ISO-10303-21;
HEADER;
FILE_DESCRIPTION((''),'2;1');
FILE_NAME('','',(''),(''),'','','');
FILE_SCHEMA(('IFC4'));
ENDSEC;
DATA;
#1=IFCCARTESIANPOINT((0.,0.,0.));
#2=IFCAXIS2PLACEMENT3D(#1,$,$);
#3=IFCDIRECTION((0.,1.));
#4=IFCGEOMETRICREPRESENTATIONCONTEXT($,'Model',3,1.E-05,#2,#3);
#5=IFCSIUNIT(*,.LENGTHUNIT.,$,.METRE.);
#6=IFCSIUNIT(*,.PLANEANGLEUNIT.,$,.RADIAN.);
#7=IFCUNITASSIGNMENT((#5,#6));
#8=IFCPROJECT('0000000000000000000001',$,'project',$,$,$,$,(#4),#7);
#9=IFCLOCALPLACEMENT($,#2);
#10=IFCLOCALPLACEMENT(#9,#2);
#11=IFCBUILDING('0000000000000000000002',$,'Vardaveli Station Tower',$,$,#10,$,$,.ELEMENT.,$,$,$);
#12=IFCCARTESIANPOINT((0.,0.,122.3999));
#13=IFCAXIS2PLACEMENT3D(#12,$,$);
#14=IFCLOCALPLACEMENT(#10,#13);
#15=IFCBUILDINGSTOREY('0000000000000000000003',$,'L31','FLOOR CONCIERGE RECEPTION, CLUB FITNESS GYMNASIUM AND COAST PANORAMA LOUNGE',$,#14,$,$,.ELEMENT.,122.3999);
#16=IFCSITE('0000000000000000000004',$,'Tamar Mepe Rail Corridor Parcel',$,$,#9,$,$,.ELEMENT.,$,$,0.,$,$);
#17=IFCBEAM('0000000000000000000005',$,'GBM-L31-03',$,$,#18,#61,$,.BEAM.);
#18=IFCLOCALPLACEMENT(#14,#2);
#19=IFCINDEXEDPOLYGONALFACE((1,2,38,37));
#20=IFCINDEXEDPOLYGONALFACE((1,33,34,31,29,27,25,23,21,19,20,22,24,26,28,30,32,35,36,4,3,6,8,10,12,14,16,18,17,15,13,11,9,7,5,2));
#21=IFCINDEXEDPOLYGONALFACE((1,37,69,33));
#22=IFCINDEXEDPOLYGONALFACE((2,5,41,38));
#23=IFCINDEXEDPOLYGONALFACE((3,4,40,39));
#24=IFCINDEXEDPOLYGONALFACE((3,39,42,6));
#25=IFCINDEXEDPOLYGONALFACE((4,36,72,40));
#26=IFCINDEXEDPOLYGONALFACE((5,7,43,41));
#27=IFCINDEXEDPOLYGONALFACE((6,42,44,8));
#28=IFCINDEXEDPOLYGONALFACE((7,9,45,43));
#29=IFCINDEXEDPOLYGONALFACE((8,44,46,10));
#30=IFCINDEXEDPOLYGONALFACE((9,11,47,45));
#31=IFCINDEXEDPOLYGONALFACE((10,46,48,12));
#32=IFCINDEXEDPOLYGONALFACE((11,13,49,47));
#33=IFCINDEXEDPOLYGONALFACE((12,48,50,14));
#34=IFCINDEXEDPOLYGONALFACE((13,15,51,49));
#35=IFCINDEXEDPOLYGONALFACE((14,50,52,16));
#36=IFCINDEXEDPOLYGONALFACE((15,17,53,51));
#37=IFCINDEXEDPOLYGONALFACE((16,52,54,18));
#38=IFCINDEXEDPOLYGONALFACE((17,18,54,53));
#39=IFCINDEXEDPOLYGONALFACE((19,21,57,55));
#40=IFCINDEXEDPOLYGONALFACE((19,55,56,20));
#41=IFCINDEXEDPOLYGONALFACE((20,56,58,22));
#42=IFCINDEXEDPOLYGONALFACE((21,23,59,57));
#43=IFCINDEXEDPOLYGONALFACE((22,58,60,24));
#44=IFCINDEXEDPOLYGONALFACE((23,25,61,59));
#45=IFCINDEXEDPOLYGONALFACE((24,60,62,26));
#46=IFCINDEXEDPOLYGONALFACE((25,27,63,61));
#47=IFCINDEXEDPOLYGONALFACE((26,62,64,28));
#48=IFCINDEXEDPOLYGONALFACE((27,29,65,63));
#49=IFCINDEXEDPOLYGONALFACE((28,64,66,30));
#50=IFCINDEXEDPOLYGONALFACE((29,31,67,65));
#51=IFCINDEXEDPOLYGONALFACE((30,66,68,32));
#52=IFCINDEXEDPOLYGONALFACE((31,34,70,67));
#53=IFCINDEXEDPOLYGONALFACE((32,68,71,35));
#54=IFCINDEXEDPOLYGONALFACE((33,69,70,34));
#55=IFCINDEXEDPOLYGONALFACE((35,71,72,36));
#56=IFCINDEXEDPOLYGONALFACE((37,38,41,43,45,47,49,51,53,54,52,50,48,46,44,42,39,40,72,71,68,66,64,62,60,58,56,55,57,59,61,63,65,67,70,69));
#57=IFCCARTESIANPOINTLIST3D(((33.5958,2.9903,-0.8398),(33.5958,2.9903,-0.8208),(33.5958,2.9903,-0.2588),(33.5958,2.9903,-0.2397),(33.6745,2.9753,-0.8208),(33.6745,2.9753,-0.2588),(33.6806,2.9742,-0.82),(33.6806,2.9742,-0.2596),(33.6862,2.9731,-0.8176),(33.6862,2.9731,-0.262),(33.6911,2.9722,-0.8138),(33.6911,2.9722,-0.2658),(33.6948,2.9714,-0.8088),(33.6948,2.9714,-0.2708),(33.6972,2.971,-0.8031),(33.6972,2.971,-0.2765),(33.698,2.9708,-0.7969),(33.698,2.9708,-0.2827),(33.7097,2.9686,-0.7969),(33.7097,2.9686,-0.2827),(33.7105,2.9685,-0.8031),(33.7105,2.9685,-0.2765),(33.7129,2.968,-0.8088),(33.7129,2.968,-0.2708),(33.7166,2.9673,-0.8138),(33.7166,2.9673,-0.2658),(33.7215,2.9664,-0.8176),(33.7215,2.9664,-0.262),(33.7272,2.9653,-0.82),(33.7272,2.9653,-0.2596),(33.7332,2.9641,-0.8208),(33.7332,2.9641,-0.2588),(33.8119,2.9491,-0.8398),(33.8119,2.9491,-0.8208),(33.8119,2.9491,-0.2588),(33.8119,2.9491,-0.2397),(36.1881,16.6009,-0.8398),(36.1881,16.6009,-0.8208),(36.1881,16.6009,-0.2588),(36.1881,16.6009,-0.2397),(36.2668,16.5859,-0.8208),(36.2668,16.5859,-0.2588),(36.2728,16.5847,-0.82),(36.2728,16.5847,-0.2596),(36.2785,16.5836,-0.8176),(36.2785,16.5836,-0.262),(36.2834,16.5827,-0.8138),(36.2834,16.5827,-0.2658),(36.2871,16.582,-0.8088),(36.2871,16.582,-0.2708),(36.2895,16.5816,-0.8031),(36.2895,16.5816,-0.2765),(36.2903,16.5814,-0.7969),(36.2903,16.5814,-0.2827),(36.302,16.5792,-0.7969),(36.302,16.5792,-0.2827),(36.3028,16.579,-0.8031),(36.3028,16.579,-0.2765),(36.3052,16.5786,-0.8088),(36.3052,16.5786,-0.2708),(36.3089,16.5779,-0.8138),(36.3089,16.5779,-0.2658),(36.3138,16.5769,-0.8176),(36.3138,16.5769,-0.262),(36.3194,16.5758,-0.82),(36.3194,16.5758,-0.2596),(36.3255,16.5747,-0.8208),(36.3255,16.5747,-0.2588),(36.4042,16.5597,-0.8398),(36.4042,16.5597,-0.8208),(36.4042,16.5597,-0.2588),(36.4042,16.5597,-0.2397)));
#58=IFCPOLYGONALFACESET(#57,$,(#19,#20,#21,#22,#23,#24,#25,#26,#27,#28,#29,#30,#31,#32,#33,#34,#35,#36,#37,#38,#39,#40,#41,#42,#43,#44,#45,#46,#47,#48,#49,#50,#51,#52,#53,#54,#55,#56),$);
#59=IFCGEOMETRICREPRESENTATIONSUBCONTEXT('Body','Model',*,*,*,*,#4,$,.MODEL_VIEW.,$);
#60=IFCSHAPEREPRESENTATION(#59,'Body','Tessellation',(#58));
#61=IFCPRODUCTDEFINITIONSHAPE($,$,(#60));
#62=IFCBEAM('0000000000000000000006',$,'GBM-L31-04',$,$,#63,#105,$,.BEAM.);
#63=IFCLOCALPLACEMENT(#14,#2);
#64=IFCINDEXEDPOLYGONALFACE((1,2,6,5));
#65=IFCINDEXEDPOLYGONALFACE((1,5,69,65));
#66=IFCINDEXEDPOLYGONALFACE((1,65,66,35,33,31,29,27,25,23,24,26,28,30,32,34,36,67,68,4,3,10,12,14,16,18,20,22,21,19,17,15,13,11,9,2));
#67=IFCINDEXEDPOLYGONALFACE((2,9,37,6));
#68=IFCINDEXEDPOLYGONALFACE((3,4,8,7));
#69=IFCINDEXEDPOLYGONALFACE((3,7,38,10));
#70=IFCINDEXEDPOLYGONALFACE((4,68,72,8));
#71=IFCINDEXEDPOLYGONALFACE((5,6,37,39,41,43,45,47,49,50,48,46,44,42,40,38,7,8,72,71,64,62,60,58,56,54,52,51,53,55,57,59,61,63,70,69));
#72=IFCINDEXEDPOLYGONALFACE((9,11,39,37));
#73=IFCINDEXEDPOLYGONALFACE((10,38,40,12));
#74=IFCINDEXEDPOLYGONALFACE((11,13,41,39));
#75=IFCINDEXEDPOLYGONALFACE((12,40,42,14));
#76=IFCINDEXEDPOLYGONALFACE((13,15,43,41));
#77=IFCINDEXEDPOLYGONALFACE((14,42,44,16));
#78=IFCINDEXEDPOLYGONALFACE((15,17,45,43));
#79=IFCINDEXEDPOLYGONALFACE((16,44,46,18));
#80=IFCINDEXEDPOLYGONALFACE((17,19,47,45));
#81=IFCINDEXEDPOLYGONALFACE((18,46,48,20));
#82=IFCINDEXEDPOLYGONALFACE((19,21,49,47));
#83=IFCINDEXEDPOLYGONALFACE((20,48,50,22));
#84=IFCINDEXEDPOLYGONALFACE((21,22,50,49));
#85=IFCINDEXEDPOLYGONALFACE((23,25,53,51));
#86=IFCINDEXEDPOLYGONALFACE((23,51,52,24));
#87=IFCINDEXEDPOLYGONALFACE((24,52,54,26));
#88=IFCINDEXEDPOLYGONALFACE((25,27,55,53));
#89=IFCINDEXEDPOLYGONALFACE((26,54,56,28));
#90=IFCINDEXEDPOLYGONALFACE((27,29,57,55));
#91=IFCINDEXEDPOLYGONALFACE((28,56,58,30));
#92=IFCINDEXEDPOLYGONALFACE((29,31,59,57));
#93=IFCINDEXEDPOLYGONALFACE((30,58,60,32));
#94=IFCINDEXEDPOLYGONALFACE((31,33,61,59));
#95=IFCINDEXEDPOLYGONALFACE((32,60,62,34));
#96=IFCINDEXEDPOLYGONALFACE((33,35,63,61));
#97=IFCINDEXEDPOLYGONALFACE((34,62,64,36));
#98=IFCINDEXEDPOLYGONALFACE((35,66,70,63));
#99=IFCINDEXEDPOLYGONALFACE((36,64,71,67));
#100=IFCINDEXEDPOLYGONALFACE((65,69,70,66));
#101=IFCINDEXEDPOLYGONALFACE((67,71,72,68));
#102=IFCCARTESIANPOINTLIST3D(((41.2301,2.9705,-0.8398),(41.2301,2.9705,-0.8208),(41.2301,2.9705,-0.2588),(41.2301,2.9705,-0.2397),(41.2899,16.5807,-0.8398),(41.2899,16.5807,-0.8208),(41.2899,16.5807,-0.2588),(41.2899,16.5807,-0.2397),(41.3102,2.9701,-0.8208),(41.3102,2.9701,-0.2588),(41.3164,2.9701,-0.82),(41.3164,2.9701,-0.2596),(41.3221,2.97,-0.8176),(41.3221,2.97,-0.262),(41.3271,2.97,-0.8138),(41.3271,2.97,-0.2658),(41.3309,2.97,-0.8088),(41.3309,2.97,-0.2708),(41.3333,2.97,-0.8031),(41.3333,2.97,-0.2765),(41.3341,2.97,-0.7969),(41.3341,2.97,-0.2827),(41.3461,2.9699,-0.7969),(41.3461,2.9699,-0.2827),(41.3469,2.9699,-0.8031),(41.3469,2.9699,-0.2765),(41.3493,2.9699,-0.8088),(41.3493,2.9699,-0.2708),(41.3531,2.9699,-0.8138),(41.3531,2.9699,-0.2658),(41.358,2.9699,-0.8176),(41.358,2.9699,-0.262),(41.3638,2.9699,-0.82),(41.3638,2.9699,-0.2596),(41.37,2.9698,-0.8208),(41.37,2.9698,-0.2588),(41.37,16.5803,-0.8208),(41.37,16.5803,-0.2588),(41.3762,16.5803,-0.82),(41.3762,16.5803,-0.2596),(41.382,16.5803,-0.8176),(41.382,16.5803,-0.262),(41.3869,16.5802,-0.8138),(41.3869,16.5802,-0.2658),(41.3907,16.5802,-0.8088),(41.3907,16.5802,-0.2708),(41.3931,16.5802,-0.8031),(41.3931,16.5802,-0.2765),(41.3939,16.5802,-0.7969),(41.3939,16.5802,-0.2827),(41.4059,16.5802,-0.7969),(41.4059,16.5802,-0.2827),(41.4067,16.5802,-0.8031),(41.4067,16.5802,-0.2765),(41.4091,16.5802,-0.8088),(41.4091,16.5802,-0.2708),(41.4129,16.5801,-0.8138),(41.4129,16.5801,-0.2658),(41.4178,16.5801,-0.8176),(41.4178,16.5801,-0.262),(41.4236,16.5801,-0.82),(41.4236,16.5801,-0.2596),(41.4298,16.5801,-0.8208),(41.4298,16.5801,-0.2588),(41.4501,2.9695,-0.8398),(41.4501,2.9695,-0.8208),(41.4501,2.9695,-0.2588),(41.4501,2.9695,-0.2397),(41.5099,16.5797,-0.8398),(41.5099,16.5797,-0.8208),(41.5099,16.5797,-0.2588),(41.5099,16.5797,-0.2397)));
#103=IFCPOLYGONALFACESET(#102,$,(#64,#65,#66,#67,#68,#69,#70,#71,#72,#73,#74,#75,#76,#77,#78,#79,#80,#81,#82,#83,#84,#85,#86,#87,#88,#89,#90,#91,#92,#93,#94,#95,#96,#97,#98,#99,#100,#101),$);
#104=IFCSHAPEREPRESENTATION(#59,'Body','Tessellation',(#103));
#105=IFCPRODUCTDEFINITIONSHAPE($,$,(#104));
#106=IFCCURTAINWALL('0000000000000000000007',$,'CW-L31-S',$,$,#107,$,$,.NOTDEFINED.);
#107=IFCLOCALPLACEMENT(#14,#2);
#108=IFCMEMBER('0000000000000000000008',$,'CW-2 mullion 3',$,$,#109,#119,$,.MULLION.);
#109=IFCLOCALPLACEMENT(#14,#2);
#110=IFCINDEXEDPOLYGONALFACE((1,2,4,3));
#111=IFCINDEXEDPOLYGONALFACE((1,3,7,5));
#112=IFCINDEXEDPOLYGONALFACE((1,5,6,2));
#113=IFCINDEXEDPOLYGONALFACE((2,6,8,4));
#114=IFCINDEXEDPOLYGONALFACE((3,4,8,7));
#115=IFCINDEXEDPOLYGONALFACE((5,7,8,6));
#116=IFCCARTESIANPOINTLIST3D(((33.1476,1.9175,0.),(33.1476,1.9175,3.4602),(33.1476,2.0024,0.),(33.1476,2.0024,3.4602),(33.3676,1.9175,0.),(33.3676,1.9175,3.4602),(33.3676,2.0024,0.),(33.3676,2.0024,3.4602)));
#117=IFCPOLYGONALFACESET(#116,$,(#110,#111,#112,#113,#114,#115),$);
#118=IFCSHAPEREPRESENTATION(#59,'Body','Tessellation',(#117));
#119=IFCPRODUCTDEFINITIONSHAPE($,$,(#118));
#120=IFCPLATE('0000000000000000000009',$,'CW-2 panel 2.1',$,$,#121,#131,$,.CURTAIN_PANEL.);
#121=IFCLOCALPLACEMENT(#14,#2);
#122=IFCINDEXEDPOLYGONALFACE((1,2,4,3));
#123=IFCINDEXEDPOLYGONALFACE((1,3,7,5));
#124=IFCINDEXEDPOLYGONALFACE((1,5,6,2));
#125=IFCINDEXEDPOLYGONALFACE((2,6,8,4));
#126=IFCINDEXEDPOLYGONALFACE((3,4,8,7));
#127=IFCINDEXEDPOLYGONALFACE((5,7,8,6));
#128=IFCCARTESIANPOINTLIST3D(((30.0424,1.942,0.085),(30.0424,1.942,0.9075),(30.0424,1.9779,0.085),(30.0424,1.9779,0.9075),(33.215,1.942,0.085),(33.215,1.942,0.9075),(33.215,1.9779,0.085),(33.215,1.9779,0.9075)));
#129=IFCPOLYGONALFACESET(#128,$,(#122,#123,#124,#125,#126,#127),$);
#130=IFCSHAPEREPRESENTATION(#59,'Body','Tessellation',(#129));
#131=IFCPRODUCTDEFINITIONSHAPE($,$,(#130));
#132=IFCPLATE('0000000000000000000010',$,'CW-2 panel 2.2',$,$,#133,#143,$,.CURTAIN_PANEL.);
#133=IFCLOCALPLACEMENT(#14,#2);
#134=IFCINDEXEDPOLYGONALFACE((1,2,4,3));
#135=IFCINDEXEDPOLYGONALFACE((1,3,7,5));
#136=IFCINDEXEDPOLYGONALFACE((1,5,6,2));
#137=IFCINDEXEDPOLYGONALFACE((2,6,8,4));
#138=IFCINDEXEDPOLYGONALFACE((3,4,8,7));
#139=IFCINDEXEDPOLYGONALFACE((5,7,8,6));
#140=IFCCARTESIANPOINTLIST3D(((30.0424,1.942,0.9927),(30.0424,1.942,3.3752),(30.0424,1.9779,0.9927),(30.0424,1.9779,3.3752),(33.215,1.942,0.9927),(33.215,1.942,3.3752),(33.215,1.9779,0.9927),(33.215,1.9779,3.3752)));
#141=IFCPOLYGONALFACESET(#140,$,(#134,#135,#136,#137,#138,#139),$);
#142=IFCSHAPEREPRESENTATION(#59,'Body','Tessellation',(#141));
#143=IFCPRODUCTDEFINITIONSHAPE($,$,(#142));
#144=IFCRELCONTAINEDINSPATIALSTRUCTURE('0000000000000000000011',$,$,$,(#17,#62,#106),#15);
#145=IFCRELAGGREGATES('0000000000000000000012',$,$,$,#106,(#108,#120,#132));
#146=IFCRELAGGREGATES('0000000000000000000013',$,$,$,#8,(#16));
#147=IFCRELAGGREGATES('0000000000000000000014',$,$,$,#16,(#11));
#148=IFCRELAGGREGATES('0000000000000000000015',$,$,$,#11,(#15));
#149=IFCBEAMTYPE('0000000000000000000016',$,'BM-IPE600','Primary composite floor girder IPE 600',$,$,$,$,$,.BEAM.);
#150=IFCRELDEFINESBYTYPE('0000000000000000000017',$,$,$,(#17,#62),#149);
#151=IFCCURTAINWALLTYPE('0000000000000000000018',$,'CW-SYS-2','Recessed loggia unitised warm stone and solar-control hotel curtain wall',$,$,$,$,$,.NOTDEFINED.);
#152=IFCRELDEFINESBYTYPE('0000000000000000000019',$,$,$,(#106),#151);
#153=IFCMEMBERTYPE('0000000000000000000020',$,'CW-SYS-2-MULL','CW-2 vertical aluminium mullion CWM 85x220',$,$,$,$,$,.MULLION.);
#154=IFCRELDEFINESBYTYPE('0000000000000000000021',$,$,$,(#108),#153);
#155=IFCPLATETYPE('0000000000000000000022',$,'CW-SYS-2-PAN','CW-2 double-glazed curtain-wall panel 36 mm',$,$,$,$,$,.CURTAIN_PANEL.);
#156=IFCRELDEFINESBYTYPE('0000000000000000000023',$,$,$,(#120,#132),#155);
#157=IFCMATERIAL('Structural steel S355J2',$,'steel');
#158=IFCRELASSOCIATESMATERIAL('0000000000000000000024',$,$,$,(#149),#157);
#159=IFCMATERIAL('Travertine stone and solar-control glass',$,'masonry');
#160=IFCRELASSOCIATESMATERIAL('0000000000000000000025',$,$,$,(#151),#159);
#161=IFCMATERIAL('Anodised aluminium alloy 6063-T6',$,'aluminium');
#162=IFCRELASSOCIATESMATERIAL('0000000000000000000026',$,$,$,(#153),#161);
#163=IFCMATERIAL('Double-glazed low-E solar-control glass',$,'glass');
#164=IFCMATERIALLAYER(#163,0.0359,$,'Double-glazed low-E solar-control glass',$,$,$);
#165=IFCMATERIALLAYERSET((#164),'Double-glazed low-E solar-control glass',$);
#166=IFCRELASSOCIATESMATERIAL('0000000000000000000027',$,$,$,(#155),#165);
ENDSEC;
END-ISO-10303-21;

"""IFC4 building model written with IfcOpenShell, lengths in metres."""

from ifc_helpers import new_model, si_unit, direction, frame, origin, origin_2d, place, context, subcontext, project, spatial, rectangle, i_section, extrude, source, transform, mapped, material, layer, layer_set, material_profile, profile_set, type_object, element, aggregate, save


model = new_model("IFC4")

# Units and contexts
model_context = context("Model", 3, precision=1e-05, world=origin(), true_north=direction((0.0, 1.0)))
body_context = subcontext(model_context, "Body", "Model", "MODEL_VIEW")
ifc_project = project(units=[si_unit("LENGTHUNIT", "METRE"), si_unit("PLANEANGLEUNIT", "RADIAN")], contexts=[model_context])

# Site, building, storey
site_placement = place(None, origin())
site = spatial("IfcSite", under=ifc_project, at=site_placement, Name="Tamar Mepe Rail Corridor Parcel", CompositionType="ELEMENT", RefElevation=0.0)
building_placement = place(site_placement, origin())
building = spatial("IfcBuilding", under=site, at=building_placement, Name="Vardaveli Station Tower", CompositionType="ELEMENT")
storey_placement = place(building_placement, frame((0.0, 0.0, 122.3999)))
storey = spatial("IfcBuildingStorey", under=building, at=storey_placement, Name="L31", Description="FLOOR CONCIERGE RECEPTION, CLUB FITNESS GYMNASIUM AND COAST PANORAMA LOUNGE", CompositionType="ELEMENT", Elevation=122.3999)

# Beams
ifc_material_1 = material(Name="Structural steel S355J2", Category="steel")
ifc_material_profile_1 = material_profile(ifc_material_1, i_section(OverallWidth=0.22, OverallDepth=0.6001, WebThickness=0.012, FlangeThickness=0.019, FilletRadius=0.0239, at=origin_2d()), Name="IPE 600")
ifc_profile_set_1 = profile_set([ifc_material_profile_1], Name="Structural steel S355J2")
beam_type_1 = type_object("IfcBeamType", Name="BM-IPE600", Description="Primary composite floor girder IPE 600", PredefinedType="BEAM", material=ifc_profile_set_1)
shared_shape_1 = source(origin(), body_context, "Body", "SweptSolid", [
    extrude(i_section(OverallWidth=0.22, OverallDepth=0.6001, WebThickness=0.012, FlangeThickness=0.019, FilletRadius=0.0239, at=origin_2d()), origin(), (0.0, 0.0, 1.0), 13.8552),
])
beam_1_placement = place(storey_placement, frame((33.7039, 2.9697, -0.5398), z_axis=(0.187098, 0.982341, 0.0), x_axis=(-0.982341, 0.187098, 0.0)))
element("IfcBeam", 1, at=beam_1_placement, inside=storey, type_object=beam_type_1, Name="GBM-L31-03", PredefinedType="BEAM", context=body_context, shape_type="MappedRepresentation", body=[
    mapped(shared_shape_1, transform((0.0, 0.0, 0.0), scale=1.0)),
])
shared_shape_2 = source(origin(), body_context, "Body", "SweptSolid", [
    extrude(i_section(OverallWidth=0.22, OverallDepth=0.6001, WebThickness=0.012, FlangeThickness=0.019, FilletRadius=0.0239, at=origin_2d()), origin(), (0.0, 0.0, 1.0), 13.6104),
])
beam_2_placement = place(storey_placement, frame((41.3401, 2.97, -0.5398), z_axis=(0.004395, 0.99999, 0.0), x_axis=(-0.99999, 0.004395, 0.0)))
element("IfcBeam", 2, at=beam_2_placement, inside=storey, type_object=beam_type_1, Name="GBM-L31-04", PredefinedType="BEAM", context=body_context, shape_type="MappedRepresentation", body=[
    mapped(shared_shape_2, transform((0.0, 0.0, 0.0), scale=1.0)),
])

# Curtain wall, member, plates
ifc_material_2 = material(Name="Travertine stone and solar-control glass", Category="masonry")
curtain_wall_type = type_object("IfcCurtainWallType", Name="CW-SYS-2", Description="Recessed loggia unitised warm stone and solar-control hotel curtain wall", PredefinedType="NOTDEFINED", material=ifc_material_2)
curtain_wall_placement = place(storey_placement, origin())
curtain_wall = element("IfcCurtainWall", 3, at=curtain_wall_placement, inside=storey, type_object=curtain_wall_type, Name="CW-L31-S", PredefinedType="NOTDEFINED")
ifc_material_3 = material(Name="Anodised aluminium alloy 6063-T6", Category="aluminium")
ifc_material_profile_2 = material_profile(ifc_material_3, rectangle(XDim=0.085, YDim=0.22, at=origin_2d()), Name="CWM 85x220")
ifc_profile_set_2 = profile_set([ifc_material_profile_2], Name="Anodised aluminium alloy 6063-T6")
member_type = type_object("IfcMemberType", Name="CW-SYS-2-MULL", Description="CW-2 vertical aluminium mullion CWM 85x220", PredefinedType="MULLION", material=ifc_profile_set_2)
shared_shape_3 = source(origin(), body_context, "Body", "SweptSolid", [
    extrude(rectangle(XDim=0.085, YDim=0.22, at=origin_2d()), origin(), (0.0, 0.0, 1.0), 3.4602),
])
member_placement = place(storey_placement, frame((33.2576, 1.96, 0.0), z_axis=(0.0, 0.0, 1.0), x_axis=(0.0, 1.0, 0.0)))
member = element("IfcMember", 4, at=member_placement, type_object=member_type, Name="CW-2 mullion 3", PredefinedType="MULLION", context=body_context, shape_type="MappedRepresentation", body=[
    mapped(shared_shape_3, transform((0.0, 0.0, 0.0), scale=1.0)),
])
ifc_material_4 = material(Name="Double-glazed low-E solar-control glass", Category="glass")
ifc_layer_1 = layer(ifc_material_4, 0.0359, Name="Double-glazed low-E solar-control glass")
ifc_layer_set_1 = layer_set([ifc_layer_1], Name="Double-glazed low-E solar-control glass")
plate_type = type_object("IfcPlateType", Name="CW-SYS-2-PAN", Description="CW-2 double-glazed curtain-wall panel 36 mm", PredefinedType="CURTAIN_PANEL", material=ifc_layer_set_1)
shared_shape_4 = source(origin(), body_context, "Body", "SweptSolid", [
    extrude(rectangle(XDim=3.1726, YDim=0.0359, at=origin_2d()), origin(), (0.0, 0.0, 1.0), 0.8225),
])
plate_1_placement = place(storey_placement, frame((31.6287, 1.96, 0.085), z_axis=(0.0, 0.0, 1.0), x_axis=(1.0, 0.0, 0.0)))
plate_1 = element("IfcPlate", 5, at=plate_1_placement, type_object=plate_type, Name="CW-2 panel 2.1", PredefinedType="CURTAIN_PANEL", context=body_context, shape_type="MappedRepresentation", body=[
    mapped(shared_shape_4, transform((0.0, 0.0, 0.0), scale=1.0)),
])
shared_shape_5 = source(origin(), body_context, "Body", "SweptSolid", [
    extrude(rectangle(XDim=3.1726, YDim=0.0359, at=origin_2d()), origin(), (0.0, 0.0, 1.0), 2.3826),
])
plate_2_placement = place(storey_placement, frame((31.6287, 1.96, 0.9927), z_axis=(0.0, 0.0, 1.0), x_axis=(1.0, 0.0, 0.0)))
plate_2 = element("IfcPlate", 6, at=plate_2_placement, type_object=plate_type, Name="CW-2 panel 2.2", PredefinedType="CURTAIN_PANEL", context=body_context, shape_type="MappedRepresentation", body=[
    mapped(shared_shape_5, transform((0.0, 0.0, 0.0), scale=1.0)),
])
aggregate(curtain_wall, [member, plate_1, plate_2])

save(model, "model.ifc")
